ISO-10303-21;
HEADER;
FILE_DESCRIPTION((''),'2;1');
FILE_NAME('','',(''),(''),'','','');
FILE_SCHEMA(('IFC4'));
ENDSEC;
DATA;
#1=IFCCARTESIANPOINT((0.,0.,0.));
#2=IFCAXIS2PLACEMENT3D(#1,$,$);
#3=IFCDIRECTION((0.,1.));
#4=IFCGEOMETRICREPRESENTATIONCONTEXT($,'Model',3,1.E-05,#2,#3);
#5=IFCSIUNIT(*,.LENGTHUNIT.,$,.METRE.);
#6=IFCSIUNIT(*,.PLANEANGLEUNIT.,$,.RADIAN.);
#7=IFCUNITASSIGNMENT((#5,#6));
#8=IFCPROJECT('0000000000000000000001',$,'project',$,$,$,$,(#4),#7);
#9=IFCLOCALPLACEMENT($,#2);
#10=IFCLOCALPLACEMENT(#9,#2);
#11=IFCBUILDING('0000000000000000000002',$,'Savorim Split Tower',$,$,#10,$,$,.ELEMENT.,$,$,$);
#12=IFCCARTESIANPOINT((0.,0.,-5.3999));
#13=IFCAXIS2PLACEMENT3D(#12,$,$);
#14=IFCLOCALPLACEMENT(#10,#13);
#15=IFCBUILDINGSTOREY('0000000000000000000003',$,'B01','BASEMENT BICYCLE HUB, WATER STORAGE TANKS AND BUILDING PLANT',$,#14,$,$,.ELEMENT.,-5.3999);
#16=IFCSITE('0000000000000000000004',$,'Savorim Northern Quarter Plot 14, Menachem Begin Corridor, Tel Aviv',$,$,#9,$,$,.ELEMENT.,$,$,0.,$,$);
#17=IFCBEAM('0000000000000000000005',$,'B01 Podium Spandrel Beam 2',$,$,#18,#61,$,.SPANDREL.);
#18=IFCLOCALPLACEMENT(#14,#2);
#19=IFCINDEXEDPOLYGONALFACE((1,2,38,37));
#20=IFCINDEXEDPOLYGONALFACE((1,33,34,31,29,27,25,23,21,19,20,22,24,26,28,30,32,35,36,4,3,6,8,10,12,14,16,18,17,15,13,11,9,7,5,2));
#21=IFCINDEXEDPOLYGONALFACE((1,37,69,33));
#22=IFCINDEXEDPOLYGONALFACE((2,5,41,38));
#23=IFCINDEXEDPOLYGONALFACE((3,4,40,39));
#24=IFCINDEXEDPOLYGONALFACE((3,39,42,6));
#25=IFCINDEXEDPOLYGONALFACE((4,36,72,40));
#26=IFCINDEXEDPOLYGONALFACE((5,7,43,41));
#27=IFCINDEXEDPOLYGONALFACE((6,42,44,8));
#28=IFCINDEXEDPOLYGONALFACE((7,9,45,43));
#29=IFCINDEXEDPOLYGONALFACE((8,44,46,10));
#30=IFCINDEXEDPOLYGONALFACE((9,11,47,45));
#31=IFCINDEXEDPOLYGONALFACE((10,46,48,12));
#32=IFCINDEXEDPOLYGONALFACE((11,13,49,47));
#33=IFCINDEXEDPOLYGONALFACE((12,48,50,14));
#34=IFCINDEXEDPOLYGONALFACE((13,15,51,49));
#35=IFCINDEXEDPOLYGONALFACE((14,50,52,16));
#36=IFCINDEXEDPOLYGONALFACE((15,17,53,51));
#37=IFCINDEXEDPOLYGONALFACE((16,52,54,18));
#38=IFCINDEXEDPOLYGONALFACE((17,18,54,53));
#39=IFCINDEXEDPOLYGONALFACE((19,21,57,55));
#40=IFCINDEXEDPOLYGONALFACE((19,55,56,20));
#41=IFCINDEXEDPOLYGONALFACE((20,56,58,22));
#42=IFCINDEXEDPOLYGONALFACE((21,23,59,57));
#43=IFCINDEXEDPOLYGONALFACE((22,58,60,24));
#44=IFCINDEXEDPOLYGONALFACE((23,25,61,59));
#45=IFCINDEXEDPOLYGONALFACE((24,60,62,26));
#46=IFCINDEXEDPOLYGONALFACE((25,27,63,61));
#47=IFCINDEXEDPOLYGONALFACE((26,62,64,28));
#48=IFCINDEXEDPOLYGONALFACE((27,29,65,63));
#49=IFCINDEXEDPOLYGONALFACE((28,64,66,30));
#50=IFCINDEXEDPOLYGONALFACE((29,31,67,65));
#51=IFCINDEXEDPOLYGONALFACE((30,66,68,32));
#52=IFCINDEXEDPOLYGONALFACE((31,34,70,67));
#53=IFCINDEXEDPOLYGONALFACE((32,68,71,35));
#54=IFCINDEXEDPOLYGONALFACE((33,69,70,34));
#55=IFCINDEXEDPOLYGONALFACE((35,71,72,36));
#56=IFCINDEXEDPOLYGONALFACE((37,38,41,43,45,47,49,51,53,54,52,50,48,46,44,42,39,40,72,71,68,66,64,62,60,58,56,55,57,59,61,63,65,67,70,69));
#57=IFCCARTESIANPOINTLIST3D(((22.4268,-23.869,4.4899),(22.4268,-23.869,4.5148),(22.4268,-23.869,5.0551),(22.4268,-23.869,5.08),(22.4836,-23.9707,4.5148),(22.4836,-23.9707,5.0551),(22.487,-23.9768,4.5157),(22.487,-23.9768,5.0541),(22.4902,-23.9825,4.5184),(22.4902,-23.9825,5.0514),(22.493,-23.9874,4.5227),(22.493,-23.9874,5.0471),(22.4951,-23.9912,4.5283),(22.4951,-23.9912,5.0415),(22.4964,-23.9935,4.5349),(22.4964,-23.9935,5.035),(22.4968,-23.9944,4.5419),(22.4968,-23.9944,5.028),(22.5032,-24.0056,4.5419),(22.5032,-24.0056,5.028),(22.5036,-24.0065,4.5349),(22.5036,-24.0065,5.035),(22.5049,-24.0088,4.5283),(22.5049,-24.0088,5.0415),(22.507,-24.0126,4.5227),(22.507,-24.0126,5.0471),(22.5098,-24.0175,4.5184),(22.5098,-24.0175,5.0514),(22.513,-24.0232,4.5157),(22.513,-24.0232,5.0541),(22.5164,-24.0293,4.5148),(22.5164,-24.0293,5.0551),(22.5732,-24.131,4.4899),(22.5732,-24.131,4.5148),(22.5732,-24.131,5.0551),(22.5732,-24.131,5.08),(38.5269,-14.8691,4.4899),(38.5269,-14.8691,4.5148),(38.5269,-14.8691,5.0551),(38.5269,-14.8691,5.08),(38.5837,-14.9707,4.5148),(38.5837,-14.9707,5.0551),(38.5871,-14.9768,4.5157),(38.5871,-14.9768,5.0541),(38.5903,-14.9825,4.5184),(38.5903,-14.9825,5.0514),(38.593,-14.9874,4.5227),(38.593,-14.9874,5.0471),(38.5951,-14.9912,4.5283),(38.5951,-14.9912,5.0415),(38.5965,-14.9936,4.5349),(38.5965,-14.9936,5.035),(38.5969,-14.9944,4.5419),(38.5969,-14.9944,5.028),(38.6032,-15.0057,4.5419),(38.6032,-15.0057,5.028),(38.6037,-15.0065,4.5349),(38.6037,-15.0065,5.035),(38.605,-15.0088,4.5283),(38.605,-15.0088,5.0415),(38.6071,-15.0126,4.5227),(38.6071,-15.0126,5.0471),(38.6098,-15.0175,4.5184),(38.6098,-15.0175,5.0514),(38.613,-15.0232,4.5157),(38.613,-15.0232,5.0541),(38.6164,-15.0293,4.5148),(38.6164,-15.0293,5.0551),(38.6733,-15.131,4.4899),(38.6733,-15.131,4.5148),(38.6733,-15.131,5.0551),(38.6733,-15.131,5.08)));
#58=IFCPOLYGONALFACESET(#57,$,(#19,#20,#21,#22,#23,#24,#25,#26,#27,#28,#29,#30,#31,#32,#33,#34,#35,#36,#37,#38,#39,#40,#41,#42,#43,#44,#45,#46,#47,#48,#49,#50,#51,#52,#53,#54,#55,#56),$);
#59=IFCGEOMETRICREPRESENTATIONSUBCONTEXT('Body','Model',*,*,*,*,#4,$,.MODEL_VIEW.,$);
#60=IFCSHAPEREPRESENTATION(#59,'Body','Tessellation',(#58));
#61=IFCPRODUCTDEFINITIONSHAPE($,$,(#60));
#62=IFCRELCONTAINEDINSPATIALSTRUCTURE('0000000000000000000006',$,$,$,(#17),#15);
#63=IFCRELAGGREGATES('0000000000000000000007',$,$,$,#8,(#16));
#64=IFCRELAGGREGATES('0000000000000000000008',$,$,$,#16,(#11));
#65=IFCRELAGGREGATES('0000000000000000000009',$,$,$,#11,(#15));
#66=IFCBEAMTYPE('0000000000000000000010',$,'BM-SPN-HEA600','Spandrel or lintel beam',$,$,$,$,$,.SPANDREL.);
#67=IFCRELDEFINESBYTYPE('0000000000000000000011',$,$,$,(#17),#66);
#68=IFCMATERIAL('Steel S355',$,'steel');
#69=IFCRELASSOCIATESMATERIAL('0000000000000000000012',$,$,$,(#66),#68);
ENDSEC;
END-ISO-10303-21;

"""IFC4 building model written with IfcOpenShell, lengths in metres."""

from ifc_helpers import new_model, si_unit, direction, frame, origin, origin_2d, place, context, subcontext, project, spatial, i_section, extrude, material, material_profile, profile_set, type_object, element, save


model = new_model("IFC4")

# Units and contexts
model_context = context("Model", 3, precision=1e-05, world=origin(), true_north=direction((0.0, 1.0)))
body_context = subcontext(model_context, "Body", "Model", "MODEL_VIEW")
ifc_project = project(units=[si_unit("LENGTHUNIT", "METRE"), si_unit("PLANEANGLEUNIT", "RADIAN")], contexts=[model_context])

# Site, building, storey
site_placement = place(None, origin())
site = spatial("IfcSite", under=ifc_project, at=site_placement, Name="Savorim Northern Quarter Plot 14, Menachem Begin Corridor, Tel Aviv", CompositionType="ELEMENT", RefElevation=0.0)
building_placement = place(site_placement, origin())
building = spatial("IfcBuilding", under=site, at=building_placement, Name="Savorim Split Tower", CompositionType="ELEMENT")
storey_placement = place(building_placement, frame((0.0, 0.0, -5.3999)))
storey = spatial("IfcBuildingStorey", under=building, at=storey_placement, Name="B01", Description="BASEMENT BICYCLE HUB, WATER STORAGE TANKS AND BUILDING PLANT", CompositionType="ELEMENT", Elevation=-5.3999)

# Beam
ifc_material_1 = material(Name="Steel S355", Category="steel")
ifc_material_profile_1 = material_profile(ifc_material_1, i_section(OverallWidth=0.3, OverallDepth=0.5901, WebThickness=0.0129, FlangeThickness=0.0249, FilletRadius=0.0271, at=origin_2d()), Name="HEA 600")
ifc_profile_set_1 = profile_set([ifc_material_profile_1], Name="Steel S355")
beam_type_1 = type_object("IfcBeamType", Name="BM-SPN-HEA600", Description="Spandrel or lintel beam", PredefinedType="SPANDREL", material=ifc_profile_set_1)
beam_1_placement = place(storey_placement, frame((22.5, -24.0, 4.7849), z_axis=(0.872877, 0.487941, 0.0), x_axis=(-0.487941, 0.872877, 0.0)))
element("IfcBeam", 1, at=beam_1_placement, inside=storey, type_object=beam_type_1, Name="B01 Podium Spandrel Beam 2", PredefinedType="SPANDREL", context=body_context, shape_type="SweptSolid", body=[
    extrude(i_section(OverallWidth=0.3, OverallDepth=0.5901, WebThickness=0.0129, FlangeThickness=0.0249, FilletRadius=0.0271, at=origin_2d()), origin(), (0.0, 0.0, 1.0), 18.4448),
])

save(model, "model.ifc")
